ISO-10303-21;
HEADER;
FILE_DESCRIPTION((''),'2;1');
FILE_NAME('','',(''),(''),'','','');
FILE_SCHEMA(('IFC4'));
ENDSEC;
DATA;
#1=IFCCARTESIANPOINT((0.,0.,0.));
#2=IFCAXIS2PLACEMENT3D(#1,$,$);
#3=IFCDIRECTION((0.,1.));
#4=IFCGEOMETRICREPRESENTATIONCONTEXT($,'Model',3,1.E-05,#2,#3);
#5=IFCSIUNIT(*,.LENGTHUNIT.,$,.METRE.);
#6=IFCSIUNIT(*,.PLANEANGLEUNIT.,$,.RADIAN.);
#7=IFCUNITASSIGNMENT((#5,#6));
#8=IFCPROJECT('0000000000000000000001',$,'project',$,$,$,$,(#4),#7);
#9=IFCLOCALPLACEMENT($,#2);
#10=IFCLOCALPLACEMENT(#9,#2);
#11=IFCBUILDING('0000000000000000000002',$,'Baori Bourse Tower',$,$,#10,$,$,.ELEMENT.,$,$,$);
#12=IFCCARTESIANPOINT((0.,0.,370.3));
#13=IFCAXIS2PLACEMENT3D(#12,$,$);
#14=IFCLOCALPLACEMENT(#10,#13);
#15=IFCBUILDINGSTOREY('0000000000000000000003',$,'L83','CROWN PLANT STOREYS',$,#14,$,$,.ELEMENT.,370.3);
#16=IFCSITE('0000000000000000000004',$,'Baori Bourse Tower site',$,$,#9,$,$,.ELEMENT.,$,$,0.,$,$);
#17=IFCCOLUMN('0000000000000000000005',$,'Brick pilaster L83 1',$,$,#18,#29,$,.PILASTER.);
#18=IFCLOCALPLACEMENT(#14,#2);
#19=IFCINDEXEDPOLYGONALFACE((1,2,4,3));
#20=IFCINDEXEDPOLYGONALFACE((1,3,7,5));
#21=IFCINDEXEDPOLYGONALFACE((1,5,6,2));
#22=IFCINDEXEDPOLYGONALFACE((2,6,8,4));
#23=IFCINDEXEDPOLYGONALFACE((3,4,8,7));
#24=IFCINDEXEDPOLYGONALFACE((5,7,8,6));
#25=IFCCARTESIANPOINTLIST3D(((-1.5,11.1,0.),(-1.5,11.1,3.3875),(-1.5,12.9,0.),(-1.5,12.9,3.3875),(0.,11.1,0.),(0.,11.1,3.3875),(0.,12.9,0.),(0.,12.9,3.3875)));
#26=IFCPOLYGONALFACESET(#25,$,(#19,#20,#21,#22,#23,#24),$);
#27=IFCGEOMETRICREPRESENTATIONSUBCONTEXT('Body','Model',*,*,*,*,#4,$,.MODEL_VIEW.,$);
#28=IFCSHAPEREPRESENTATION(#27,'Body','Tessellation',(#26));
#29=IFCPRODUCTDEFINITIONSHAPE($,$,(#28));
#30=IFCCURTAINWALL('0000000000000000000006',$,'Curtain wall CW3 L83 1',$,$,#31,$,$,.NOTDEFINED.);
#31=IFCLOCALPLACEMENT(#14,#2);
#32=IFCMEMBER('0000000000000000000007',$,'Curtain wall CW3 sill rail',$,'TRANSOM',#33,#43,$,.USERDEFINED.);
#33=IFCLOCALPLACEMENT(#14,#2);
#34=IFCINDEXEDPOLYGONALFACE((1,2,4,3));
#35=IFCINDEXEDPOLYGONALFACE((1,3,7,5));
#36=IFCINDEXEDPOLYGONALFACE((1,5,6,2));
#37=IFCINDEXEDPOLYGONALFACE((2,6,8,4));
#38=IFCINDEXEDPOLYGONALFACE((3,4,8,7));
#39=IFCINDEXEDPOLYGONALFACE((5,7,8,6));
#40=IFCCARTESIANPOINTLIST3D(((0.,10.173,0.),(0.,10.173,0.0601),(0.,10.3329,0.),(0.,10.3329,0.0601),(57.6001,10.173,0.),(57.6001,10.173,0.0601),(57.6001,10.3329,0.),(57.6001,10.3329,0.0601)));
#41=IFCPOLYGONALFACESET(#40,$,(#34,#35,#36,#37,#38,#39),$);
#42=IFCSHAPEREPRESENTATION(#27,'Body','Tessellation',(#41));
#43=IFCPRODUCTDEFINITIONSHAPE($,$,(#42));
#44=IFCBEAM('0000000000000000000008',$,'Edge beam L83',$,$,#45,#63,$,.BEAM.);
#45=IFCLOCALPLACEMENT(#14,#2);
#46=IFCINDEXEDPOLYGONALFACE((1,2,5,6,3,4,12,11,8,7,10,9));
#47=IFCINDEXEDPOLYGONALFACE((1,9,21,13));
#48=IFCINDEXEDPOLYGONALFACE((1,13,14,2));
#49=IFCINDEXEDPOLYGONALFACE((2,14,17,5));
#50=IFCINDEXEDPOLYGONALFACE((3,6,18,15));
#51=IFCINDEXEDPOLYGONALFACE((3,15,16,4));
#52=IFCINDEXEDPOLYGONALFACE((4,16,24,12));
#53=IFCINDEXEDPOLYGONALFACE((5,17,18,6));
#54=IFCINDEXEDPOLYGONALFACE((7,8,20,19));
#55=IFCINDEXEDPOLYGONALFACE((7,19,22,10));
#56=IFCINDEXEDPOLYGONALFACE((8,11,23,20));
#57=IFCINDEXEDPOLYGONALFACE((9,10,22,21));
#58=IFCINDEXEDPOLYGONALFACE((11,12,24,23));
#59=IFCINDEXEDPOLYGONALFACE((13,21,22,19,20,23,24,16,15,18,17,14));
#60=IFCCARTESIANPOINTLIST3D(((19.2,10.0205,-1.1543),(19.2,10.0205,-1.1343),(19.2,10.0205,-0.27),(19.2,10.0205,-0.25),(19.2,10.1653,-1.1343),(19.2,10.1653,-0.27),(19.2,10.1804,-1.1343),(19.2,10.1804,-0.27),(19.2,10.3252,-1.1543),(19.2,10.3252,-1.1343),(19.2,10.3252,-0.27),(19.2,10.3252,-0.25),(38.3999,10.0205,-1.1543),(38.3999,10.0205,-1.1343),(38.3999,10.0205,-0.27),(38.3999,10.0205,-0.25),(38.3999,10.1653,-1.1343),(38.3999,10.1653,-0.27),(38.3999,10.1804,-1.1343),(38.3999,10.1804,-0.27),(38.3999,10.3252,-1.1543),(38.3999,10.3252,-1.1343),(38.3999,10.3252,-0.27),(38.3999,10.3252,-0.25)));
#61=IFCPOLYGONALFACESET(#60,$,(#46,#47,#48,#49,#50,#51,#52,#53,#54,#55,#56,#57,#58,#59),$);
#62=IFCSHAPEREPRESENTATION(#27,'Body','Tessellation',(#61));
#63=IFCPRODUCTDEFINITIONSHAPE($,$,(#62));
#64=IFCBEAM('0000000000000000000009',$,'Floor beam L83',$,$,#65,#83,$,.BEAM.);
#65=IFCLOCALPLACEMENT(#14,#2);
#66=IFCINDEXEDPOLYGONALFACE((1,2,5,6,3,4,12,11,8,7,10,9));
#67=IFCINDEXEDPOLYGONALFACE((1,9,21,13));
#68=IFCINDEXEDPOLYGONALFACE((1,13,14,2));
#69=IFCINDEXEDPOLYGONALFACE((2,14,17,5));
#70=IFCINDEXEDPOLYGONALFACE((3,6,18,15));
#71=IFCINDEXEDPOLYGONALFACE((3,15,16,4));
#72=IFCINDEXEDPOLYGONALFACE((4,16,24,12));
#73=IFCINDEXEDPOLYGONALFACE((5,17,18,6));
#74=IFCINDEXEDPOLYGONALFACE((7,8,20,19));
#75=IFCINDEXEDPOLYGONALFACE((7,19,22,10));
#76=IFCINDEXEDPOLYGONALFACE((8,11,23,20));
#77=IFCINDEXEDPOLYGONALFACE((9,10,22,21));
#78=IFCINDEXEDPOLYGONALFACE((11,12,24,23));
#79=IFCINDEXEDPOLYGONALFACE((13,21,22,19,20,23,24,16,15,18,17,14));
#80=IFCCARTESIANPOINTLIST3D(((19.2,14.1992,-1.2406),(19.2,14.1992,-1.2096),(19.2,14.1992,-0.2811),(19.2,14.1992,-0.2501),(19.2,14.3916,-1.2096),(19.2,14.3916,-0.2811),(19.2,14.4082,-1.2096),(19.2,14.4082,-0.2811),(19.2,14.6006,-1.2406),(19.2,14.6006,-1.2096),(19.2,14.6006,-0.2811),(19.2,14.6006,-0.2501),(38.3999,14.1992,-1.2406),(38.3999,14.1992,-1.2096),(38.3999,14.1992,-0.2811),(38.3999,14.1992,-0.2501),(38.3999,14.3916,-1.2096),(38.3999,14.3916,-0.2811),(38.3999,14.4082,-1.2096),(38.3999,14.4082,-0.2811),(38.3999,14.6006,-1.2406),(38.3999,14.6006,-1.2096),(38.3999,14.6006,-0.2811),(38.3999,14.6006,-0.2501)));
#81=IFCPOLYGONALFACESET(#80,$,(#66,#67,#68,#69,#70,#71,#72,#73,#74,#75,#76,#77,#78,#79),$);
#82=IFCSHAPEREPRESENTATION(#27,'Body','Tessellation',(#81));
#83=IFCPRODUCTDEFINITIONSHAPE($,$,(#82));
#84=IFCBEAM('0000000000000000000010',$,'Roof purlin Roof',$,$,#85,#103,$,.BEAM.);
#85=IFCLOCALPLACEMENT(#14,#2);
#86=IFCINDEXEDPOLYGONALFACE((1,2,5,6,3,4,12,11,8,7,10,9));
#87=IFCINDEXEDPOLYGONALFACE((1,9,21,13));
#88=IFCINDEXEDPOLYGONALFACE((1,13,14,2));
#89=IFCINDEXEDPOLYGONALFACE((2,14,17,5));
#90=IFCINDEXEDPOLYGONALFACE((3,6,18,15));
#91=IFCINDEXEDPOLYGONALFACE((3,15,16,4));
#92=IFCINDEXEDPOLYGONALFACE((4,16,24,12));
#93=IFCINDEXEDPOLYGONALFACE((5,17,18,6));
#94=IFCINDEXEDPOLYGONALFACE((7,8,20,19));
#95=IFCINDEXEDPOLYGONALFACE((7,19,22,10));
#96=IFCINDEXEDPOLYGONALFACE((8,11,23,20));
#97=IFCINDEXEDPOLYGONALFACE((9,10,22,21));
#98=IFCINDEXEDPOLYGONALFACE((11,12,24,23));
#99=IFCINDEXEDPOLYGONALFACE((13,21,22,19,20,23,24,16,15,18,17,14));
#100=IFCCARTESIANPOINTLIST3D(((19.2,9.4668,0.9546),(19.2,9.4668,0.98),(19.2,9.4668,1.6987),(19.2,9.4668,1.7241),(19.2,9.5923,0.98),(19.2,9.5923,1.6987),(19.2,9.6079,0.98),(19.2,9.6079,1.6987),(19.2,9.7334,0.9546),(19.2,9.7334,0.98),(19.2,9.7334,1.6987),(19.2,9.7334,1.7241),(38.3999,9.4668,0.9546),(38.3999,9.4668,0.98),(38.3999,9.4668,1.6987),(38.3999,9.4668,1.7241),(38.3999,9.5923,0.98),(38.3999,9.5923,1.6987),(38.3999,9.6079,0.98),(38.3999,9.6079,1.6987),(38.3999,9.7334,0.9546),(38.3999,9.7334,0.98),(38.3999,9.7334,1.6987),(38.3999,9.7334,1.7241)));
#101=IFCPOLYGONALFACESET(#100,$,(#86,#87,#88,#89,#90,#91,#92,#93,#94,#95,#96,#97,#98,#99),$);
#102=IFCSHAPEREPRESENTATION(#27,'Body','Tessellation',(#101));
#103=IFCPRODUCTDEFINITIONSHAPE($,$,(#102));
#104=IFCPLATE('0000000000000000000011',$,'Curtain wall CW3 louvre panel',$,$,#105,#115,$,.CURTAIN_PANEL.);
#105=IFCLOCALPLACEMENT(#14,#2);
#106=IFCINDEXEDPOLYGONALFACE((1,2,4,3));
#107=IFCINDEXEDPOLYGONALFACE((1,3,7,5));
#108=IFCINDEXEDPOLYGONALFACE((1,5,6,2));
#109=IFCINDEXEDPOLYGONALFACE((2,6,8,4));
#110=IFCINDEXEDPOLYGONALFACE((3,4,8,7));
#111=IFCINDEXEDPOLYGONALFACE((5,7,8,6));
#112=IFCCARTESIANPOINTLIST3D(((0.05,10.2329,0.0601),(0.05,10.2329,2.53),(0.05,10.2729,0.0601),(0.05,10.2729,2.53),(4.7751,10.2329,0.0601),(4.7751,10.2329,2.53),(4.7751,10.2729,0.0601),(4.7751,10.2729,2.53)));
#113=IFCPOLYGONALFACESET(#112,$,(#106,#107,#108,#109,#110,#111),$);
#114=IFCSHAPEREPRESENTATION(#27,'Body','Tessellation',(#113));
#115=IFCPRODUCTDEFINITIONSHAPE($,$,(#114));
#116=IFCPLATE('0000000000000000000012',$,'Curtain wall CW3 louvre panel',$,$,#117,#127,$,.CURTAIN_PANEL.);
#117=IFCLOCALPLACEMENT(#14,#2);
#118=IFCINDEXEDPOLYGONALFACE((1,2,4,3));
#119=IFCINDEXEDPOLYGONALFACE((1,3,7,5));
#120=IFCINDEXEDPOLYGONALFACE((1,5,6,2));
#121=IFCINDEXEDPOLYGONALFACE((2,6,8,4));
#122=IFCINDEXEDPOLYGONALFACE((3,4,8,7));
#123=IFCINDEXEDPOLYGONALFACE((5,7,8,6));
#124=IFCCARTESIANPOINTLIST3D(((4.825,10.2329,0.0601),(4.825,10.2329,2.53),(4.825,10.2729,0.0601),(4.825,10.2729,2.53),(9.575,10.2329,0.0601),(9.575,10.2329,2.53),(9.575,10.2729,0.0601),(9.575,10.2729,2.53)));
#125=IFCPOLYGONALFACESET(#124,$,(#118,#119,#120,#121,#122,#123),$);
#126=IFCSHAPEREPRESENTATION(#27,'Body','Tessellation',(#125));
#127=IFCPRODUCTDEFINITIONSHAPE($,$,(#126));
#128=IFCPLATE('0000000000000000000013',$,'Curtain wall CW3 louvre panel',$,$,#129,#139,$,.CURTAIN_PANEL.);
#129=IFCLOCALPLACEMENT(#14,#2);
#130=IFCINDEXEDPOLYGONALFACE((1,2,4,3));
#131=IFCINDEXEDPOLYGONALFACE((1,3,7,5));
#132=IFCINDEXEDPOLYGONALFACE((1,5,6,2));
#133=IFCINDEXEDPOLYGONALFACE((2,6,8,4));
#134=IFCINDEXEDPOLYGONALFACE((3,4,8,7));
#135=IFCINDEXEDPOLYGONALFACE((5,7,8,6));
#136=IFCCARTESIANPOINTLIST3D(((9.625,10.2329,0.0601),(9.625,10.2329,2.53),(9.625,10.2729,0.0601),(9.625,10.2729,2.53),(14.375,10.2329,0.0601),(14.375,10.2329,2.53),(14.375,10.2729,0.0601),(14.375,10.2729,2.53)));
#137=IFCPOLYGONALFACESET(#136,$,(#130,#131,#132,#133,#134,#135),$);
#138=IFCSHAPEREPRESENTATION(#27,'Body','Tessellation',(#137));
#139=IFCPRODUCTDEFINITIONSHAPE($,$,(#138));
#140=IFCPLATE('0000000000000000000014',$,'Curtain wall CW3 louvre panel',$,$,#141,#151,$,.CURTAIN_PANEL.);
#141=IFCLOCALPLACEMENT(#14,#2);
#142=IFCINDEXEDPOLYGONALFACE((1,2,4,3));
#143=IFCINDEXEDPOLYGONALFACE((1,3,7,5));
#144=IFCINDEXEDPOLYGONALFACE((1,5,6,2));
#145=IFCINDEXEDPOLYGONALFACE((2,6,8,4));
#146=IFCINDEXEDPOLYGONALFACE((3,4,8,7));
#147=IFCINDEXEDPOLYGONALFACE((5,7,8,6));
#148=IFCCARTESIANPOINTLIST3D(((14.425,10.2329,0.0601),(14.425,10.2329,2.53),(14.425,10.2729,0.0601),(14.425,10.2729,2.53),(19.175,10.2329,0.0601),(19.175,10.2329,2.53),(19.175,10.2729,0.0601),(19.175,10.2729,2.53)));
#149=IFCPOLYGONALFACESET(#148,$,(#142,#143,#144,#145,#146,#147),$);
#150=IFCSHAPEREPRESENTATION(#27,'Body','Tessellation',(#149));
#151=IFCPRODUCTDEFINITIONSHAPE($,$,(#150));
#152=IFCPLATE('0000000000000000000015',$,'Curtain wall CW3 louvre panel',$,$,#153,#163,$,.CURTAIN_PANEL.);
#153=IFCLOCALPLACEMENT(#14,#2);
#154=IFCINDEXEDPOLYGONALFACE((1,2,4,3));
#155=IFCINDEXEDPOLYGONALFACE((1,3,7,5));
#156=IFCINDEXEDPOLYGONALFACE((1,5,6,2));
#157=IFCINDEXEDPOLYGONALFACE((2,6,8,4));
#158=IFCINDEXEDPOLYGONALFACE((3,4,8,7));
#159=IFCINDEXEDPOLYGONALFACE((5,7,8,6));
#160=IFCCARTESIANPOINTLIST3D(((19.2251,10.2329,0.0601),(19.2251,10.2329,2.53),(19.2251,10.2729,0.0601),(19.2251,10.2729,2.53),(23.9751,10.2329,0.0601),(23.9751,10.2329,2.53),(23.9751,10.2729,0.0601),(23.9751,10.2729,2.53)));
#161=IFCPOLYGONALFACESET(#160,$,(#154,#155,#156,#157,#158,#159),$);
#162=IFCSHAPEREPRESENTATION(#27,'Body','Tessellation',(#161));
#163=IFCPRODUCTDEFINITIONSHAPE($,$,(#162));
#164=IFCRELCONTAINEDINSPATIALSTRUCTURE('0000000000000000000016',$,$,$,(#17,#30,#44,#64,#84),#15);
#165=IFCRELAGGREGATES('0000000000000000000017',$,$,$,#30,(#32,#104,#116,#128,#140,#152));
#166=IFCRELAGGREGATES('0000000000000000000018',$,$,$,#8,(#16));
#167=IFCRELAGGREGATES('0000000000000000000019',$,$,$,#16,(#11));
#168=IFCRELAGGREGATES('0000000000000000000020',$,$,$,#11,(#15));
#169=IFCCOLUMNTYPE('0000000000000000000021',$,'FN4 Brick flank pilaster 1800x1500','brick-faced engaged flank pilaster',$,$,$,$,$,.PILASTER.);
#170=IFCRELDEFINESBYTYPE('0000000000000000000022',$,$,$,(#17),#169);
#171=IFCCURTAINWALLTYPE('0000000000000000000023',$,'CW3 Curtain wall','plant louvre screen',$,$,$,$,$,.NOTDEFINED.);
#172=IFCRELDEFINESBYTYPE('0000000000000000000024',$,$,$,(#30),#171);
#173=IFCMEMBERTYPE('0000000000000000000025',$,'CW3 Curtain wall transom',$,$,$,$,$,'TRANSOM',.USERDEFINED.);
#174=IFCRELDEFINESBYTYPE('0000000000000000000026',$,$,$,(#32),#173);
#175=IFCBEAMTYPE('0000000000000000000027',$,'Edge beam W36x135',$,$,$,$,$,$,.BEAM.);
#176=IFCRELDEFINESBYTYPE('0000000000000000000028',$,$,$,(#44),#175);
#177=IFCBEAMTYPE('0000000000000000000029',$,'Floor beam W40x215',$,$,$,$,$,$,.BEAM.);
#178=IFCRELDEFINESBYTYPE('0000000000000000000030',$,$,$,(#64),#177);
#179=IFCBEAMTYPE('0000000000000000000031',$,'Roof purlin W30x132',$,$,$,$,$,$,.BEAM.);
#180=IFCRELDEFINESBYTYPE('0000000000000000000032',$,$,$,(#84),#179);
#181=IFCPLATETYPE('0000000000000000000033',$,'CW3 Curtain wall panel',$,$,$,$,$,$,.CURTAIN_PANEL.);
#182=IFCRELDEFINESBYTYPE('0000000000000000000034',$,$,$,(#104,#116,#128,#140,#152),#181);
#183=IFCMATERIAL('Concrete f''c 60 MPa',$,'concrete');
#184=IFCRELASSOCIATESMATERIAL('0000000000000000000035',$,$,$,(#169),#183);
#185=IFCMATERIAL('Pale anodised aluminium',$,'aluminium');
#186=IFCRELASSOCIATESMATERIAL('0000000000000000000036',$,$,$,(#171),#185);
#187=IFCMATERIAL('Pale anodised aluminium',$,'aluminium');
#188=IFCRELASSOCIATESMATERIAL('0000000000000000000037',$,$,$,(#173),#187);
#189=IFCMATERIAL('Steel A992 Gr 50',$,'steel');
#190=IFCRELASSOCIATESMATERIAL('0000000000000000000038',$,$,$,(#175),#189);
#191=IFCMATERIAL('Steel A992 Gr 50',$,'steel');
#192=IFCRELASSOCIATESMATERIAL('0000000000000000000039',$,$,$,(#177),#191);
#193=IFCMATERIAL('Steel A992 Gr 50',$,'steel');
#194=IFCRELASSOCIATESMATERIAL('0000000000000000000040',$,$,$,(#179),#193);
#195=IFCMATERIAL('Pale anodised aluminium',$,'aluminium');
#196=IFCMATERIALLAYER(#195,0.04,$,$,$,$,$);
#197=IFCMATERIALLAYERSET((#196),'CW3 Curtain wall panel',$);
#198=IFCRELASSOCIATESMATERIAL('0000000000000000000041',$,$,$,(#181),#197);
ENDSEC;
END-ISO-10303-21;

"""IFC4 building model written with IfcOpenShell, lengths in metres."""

from ifc_helpers import new_model, si_unit, direction, frame, origin, origin_2d, place, context, subcontext, project, spatial, rectangle, i_section, extrude, material, layer, layer_set, material_profile, profile_set, type_object, element, aggregate, save


model = new_model("IFC4")

# Units and contexts
model_context = context("Model", 3, precision=1e-05, world=origin(), true_north=direction((0.0, 1.0)))
body_context = subcontext(model_context, "Body", "Model", "MODEL_VIEW")
ifc_project = project(units=[si_unit("LENGTHUNIT", "METRE"), si_unit("PLANEANGLEUNIT", "RADIAN")], contexts=[model_context])

# Site, building, storey
site_placement = place(None, origin())
site = spatial("IfcSite", under=ifc_project, at=site_placement, Name="Baori Bourse Tower site", CompositionType="ELEMENT", RefElevation=0.0)
building_placement = place(site_placement, origin())
building = spatial("IfcBuilding", under=site, at=building_placement, Name="Baori Bourse Tower", CompositionType="ELEMENT")
storey_placement = place(building_placement, frame((0.0, 0.0, 370.3)))
storey = spatial("IfcBuildingStorey", under=building, at=storey_placement, Name="L83", Description="CROWN PLANT STOREYS", CompositionType="ELEMENT", Elevation=370.3)

# Column
ifc_material_1 = material(Name="Concrete f'c 60 MPa", Category="concrete")
ifc_material_profile_1 = material_profile(ifc_material_1, rectangle(XDim=1.8, YDim=1.5, at=origin_2d()), Name="RC 1800x1500")
ifc_profile_set_1 = profile_set([ifc_material_profile_1], Name="Concrete f'c 60 MPa")
column_type = type_object("IfcColumnType", Name="FN4 Brick flank pilaster 1800x1500", Description="brick-faced engaged flank pilaster", PredefinedType="PILASTER", material=ifc_profile_set_1)
column_placement = place(storey_placement, frame((-0.75, 12.0, 0.0), z_axis=(0.0, 0.0, 1.0), x_axis=(0.0, 1.0, 0.0)))
element("IfcColumn", 1, at=column_placement, inside=storey, type_object=column_type, Name="Brick pilaster L83 1", PredefinedType="PILASTER", context=body_context, shape_type="SweptSolid", body=[
    extrude(rectangle(XDim=1.8, YDim=1.5, at=origin_2d()), origin(), (0.0, 0.0, 1.0), 3.3875),
])

# Curtain wall, member
ifc_material_2 = material(Name="Pale anodised aluminium", Category="aluminium")
curtain_wall_type = type_object("IfcCurtainWallType", Name="CW3 Curtain wall", Description="plant louvre screen", PredefinedType="NOTDEFINED", material=ifc_material_2)
curtain_wall_placement = place(storey_placement, origin())
curtain_wall = element("IfcCurtainWall", 2, at=curtain_wall_placement, inside=storey, type_object=curtain_wall_type, Name="Curtain wall CW3 L83 1", PredefinedType="NOTDEFINED")
ifc_material_3 = material(Name="Pale anodised aluminium", Category="aluminium")
ifc_material_profile_2 = material_profile(ifc_material_3, rectangle(XDim=0.1599, YDim=0.0601, at=origin_2d()), Name="Transom 60x160")
ifc_profile_set_2 = profile_set([ifc_material_profile_2], Name="Pale anodised aluminium")
member_type = type_object("IfcMemberType", Name="CW3 Curtain wall transom", ElementType="TRANSOM", PredefinedType="USERDEFINED", material=ifc_profile_set_2)
member_placement = place(storey_placement, frame((0.0, 10.2529, 0.03), z_axis=(1.0, 0.0, 0.0), x_axis=(0.0, 1.0, 0.0)))
member = element("IfcMember", 3, at=member_placement, type_object=member_type, Name="Curtain wall CW3 sill rail", ObjectType="TRANSOM", PredefinedType="USERDEFINED", context=body_context, shape_type="SweptSolid", body=[
    extrude(rectangle(XDim=0.1599, YDim=0.0601, at=origin_2d()), origin(), (0.0, 0.0, 1.0), 57.6001),
])

# Beams
ifc_material_4 = material(Name="Steel A992 Gr 50", Category="steel")
ifc_material_profile_3 = material_profile(ifc_material_4, i_section(OverallWidth=0.3047, OverallDepth=0.9043, WebThickness=0.0151, FlangeThickness=0.02, at=origin_2d()), Name="W36x135")
ifc_profile_set_3 = profile_set([ifc_material_profile_3], Name="Steel A992 Gr 50")
beam_type_1 = type_object("IfcBeamType", Name="Edge beam W36x135", PredefinedType="BEAM", material=ifc_profile_set_3)
beam_1_placement = place(storey_placement, frame((19.2, 10.1729, -0.7021), z_axis=(1.0, 0.0, 0.0), x_axis=(0.0, 1.0, 0.0)))
element("IfcBeam", 4, at=beam_1_placement, inside=storey, type_object=beam_type_1, Name="Edge beam L83", PredefinedType="BEAM", context=body_context, shape_type="SweptSolid", body=[
    extrude(i_section(OverallWidth=0.3047, OverallDepth=0.9043, WebThickness=0.0151, FlangeThickness=0.02, at=origin_2d()), origin(), (0.0, 0.0, 1.0), 19.2),
])
ifc_material_5 = material(Name="Steel A992 Gr 50", Category="steel")
ifc_material_profile_4 = material_profile(ifc_material_5, i_section(OverallWidth=0.4014, OverallDepth=0.9905, WebThickness=0.0166, FlangeThickness=0.031, at=origin_2d()), Name="W40x215")
ifc_profile_set_4 = profile_set([ifc_material_profile_4], Name="Steel A992 Gr 50")
beam_type_2 = type_object("IfcBeamType", Name="Floor beam W40x215", PredefinedType="BEAM", material=ifc_profile_set_4)
beam_2_placement = place(storey_placement, frame((19.2, 14.3999, -0.7454), z_axis=(1.0, 0.0, 0.0), x_axis=(0.0, 1.0, 0.0)))
element("IfcBeam", 5, at=beam_2_placement, inside=storey, type_object=beam_type_2, Name="Floor beam L83", PredefinedType="BEAM", context=body_context, shape_type="SweptSolid", body=[
    extrude(i_section(OverallWidth=0.4014, OverallDepth=0.9905, WebThickness=0.0166, FlangeThickness=0.031, at=origin_2d()), origin(), (0.0, 0.0, 1.0), 19.2),
])
ifc_material_6 = material(Name="Steel A992 Gr 50", Category="steel")
ifc_material_profile_5 = material_profile(ifc_material_6, i_section(OverallWidth=0.2666, OverallDepth=0.7695, WebThickness=0.0156, FlangeThickness=0.0254, at=origin_2d()), Name="W30x132")
ifc_profile_set_5 = profile_set([ifc_material_profile_5], Name="Steel A992 Gr 50")
beam_type_3 = type_object("IfcBeamType", Name="Roof purlin W30x132", PredefinedType="BEAM", material=ifc_profile_set_5)
beam_3_placement = place(storey_placement, frame((19.2, 9.6001, 1.3394), z_axis=(1.0, 0.0, 0.0), x_axis=(0.0, 1.0, 0.0)))
element("IfcBeam", 6, at=beam_3_placement, inside=storey, type_object=beam_type_3, Name="Roof purlin Roof", PredefinedType="BEAM", context=body_context, shape_type="SweptSolid", body=[
    extrude(i_section(OverallWidth=0.2666, OverallDepth=0.7695, WebThickness=0.0156, FlangeThickness=0.0254, at=origin_2d()), origin(), (0.0, 0.0, 1.0), 19.2),
])

# Plates
ifc_material_7 = material(Name="Pale anodised aluminium", Category="aluminium")
ifc_layer_1 = layer(ifc_material_7, 0.04)
ifc_layer_set_1 = layer_set([ifc_layer_1], Name="CW3 Curtain wall panel")
plate_type = type_object("IfcPlateType", Name="CW3 Curtain wall panel", PredefinedType="CURTAIN_PANEL", material=ifc_layer_set_1)
plate_1_placement = place(storey_placement, frame((2.4126, 10.2529, 0.0601), z_axis=(0.0, 0.0, 1.0), x_axis=(1.0, 0.0, 0.0)))
plate_1 = element("IfcPlate", 7, at=plate_1_placement, type_object=plate_type, Name="Curtain wall CW3 louvre panel", PredefinedType="CURTAIN_PANEL", context=body_context, shape_type="SweptSolid", body=[
    extrude(rectangle(XDim=4.7251, YDim=0.04, at=origin_2d()), origin(), (0.0, 0.0, 1.0), 2.47),
])
plate_2_placement = place(storey_placement, frame((7.2, 10.2529, 0.0601), z_axis=(0.0, 0.0, 1.0), x_axis=(1.0, 0.0, 0.0)))
plate_2 = element("IfcPlate", 8, at=plate_2_placement, type_object=plate_type, Name="Curtain wall CW3 louvre panel", PredefinedType="CURTAIN_PANEL", context=body_context, shape_type="SweptSolid", body=[
    extrude(rectangle(XDim=4.75, YDim=0.04, at=origin_2d()), origin(), (0.0, 0.0, 1.0), 2.47),
])
plate_3_placement = place(storey_placement, frame((12.0, 10.2529, 0.0601), z_axis=(0.0, 0.0, 1.0), x_axis=(1.0, 0.0, 0.0)))
plate_3 = element("IfcPlate", 9, at=plate_3_placement, type_object=plate_type, Name="Curtain wall CW3 louvre panel", PredefinedType="CURTAIN_PANEL", context=body_context, shape_type="SweptSolid", body=[
    extrude(rectangle(XDim=4.75, YDim=0.04, at=origin_2d()), origin(), (0.0, 0.0, 1.0), 2.47),
])
plate_4_placement = place(storey_placement, frame((16.8, 10.2529, 0.0601), z_axis=(0.0, 0.0, 1.0), x_axis=(1.0, 0.0, 0.0)))
plate_4 = element("IfcPlate", 10, at=plate_4_placement, type_object=plate_type, Name="Curtain wall CW3 louvre panel", PredefinedType="CURTAIN_PANEL", context=body_context, shape_type="SweptSolid", body=[
    extrude(rectangle(XDim=4.75, YDim=0.04, at=origin_2d()), origin(), (0.0, 0.0, 1.0), 2.47),
])
plate_5_placement = place(storey_placement, frame((21.6001, 10.2529, 0.0601), z_axis=(0.0, 0.0, 1.0), x_axis=(1.0, 0.0, 0.0)))
plate_5 = element("IfcPlate", 11, at=plate_5_placement, type_object=plate_type, Name="Curtain wall CW3 louvre panel", PredefinedType="CURTAIN_PANEL", context=body_context, shape_type="SweptSolid", body=[
    extrude(rectangle(XDim=4.75, YDim=0.04, at=origin_2d()), origin(), (0.0, 0.0, 1.0), 2.47),
])
aggregate(curtain_wall, [member, plate_1, plate_2, plate_3, plate_4, plate_5])

save(model, "model.ifc")
